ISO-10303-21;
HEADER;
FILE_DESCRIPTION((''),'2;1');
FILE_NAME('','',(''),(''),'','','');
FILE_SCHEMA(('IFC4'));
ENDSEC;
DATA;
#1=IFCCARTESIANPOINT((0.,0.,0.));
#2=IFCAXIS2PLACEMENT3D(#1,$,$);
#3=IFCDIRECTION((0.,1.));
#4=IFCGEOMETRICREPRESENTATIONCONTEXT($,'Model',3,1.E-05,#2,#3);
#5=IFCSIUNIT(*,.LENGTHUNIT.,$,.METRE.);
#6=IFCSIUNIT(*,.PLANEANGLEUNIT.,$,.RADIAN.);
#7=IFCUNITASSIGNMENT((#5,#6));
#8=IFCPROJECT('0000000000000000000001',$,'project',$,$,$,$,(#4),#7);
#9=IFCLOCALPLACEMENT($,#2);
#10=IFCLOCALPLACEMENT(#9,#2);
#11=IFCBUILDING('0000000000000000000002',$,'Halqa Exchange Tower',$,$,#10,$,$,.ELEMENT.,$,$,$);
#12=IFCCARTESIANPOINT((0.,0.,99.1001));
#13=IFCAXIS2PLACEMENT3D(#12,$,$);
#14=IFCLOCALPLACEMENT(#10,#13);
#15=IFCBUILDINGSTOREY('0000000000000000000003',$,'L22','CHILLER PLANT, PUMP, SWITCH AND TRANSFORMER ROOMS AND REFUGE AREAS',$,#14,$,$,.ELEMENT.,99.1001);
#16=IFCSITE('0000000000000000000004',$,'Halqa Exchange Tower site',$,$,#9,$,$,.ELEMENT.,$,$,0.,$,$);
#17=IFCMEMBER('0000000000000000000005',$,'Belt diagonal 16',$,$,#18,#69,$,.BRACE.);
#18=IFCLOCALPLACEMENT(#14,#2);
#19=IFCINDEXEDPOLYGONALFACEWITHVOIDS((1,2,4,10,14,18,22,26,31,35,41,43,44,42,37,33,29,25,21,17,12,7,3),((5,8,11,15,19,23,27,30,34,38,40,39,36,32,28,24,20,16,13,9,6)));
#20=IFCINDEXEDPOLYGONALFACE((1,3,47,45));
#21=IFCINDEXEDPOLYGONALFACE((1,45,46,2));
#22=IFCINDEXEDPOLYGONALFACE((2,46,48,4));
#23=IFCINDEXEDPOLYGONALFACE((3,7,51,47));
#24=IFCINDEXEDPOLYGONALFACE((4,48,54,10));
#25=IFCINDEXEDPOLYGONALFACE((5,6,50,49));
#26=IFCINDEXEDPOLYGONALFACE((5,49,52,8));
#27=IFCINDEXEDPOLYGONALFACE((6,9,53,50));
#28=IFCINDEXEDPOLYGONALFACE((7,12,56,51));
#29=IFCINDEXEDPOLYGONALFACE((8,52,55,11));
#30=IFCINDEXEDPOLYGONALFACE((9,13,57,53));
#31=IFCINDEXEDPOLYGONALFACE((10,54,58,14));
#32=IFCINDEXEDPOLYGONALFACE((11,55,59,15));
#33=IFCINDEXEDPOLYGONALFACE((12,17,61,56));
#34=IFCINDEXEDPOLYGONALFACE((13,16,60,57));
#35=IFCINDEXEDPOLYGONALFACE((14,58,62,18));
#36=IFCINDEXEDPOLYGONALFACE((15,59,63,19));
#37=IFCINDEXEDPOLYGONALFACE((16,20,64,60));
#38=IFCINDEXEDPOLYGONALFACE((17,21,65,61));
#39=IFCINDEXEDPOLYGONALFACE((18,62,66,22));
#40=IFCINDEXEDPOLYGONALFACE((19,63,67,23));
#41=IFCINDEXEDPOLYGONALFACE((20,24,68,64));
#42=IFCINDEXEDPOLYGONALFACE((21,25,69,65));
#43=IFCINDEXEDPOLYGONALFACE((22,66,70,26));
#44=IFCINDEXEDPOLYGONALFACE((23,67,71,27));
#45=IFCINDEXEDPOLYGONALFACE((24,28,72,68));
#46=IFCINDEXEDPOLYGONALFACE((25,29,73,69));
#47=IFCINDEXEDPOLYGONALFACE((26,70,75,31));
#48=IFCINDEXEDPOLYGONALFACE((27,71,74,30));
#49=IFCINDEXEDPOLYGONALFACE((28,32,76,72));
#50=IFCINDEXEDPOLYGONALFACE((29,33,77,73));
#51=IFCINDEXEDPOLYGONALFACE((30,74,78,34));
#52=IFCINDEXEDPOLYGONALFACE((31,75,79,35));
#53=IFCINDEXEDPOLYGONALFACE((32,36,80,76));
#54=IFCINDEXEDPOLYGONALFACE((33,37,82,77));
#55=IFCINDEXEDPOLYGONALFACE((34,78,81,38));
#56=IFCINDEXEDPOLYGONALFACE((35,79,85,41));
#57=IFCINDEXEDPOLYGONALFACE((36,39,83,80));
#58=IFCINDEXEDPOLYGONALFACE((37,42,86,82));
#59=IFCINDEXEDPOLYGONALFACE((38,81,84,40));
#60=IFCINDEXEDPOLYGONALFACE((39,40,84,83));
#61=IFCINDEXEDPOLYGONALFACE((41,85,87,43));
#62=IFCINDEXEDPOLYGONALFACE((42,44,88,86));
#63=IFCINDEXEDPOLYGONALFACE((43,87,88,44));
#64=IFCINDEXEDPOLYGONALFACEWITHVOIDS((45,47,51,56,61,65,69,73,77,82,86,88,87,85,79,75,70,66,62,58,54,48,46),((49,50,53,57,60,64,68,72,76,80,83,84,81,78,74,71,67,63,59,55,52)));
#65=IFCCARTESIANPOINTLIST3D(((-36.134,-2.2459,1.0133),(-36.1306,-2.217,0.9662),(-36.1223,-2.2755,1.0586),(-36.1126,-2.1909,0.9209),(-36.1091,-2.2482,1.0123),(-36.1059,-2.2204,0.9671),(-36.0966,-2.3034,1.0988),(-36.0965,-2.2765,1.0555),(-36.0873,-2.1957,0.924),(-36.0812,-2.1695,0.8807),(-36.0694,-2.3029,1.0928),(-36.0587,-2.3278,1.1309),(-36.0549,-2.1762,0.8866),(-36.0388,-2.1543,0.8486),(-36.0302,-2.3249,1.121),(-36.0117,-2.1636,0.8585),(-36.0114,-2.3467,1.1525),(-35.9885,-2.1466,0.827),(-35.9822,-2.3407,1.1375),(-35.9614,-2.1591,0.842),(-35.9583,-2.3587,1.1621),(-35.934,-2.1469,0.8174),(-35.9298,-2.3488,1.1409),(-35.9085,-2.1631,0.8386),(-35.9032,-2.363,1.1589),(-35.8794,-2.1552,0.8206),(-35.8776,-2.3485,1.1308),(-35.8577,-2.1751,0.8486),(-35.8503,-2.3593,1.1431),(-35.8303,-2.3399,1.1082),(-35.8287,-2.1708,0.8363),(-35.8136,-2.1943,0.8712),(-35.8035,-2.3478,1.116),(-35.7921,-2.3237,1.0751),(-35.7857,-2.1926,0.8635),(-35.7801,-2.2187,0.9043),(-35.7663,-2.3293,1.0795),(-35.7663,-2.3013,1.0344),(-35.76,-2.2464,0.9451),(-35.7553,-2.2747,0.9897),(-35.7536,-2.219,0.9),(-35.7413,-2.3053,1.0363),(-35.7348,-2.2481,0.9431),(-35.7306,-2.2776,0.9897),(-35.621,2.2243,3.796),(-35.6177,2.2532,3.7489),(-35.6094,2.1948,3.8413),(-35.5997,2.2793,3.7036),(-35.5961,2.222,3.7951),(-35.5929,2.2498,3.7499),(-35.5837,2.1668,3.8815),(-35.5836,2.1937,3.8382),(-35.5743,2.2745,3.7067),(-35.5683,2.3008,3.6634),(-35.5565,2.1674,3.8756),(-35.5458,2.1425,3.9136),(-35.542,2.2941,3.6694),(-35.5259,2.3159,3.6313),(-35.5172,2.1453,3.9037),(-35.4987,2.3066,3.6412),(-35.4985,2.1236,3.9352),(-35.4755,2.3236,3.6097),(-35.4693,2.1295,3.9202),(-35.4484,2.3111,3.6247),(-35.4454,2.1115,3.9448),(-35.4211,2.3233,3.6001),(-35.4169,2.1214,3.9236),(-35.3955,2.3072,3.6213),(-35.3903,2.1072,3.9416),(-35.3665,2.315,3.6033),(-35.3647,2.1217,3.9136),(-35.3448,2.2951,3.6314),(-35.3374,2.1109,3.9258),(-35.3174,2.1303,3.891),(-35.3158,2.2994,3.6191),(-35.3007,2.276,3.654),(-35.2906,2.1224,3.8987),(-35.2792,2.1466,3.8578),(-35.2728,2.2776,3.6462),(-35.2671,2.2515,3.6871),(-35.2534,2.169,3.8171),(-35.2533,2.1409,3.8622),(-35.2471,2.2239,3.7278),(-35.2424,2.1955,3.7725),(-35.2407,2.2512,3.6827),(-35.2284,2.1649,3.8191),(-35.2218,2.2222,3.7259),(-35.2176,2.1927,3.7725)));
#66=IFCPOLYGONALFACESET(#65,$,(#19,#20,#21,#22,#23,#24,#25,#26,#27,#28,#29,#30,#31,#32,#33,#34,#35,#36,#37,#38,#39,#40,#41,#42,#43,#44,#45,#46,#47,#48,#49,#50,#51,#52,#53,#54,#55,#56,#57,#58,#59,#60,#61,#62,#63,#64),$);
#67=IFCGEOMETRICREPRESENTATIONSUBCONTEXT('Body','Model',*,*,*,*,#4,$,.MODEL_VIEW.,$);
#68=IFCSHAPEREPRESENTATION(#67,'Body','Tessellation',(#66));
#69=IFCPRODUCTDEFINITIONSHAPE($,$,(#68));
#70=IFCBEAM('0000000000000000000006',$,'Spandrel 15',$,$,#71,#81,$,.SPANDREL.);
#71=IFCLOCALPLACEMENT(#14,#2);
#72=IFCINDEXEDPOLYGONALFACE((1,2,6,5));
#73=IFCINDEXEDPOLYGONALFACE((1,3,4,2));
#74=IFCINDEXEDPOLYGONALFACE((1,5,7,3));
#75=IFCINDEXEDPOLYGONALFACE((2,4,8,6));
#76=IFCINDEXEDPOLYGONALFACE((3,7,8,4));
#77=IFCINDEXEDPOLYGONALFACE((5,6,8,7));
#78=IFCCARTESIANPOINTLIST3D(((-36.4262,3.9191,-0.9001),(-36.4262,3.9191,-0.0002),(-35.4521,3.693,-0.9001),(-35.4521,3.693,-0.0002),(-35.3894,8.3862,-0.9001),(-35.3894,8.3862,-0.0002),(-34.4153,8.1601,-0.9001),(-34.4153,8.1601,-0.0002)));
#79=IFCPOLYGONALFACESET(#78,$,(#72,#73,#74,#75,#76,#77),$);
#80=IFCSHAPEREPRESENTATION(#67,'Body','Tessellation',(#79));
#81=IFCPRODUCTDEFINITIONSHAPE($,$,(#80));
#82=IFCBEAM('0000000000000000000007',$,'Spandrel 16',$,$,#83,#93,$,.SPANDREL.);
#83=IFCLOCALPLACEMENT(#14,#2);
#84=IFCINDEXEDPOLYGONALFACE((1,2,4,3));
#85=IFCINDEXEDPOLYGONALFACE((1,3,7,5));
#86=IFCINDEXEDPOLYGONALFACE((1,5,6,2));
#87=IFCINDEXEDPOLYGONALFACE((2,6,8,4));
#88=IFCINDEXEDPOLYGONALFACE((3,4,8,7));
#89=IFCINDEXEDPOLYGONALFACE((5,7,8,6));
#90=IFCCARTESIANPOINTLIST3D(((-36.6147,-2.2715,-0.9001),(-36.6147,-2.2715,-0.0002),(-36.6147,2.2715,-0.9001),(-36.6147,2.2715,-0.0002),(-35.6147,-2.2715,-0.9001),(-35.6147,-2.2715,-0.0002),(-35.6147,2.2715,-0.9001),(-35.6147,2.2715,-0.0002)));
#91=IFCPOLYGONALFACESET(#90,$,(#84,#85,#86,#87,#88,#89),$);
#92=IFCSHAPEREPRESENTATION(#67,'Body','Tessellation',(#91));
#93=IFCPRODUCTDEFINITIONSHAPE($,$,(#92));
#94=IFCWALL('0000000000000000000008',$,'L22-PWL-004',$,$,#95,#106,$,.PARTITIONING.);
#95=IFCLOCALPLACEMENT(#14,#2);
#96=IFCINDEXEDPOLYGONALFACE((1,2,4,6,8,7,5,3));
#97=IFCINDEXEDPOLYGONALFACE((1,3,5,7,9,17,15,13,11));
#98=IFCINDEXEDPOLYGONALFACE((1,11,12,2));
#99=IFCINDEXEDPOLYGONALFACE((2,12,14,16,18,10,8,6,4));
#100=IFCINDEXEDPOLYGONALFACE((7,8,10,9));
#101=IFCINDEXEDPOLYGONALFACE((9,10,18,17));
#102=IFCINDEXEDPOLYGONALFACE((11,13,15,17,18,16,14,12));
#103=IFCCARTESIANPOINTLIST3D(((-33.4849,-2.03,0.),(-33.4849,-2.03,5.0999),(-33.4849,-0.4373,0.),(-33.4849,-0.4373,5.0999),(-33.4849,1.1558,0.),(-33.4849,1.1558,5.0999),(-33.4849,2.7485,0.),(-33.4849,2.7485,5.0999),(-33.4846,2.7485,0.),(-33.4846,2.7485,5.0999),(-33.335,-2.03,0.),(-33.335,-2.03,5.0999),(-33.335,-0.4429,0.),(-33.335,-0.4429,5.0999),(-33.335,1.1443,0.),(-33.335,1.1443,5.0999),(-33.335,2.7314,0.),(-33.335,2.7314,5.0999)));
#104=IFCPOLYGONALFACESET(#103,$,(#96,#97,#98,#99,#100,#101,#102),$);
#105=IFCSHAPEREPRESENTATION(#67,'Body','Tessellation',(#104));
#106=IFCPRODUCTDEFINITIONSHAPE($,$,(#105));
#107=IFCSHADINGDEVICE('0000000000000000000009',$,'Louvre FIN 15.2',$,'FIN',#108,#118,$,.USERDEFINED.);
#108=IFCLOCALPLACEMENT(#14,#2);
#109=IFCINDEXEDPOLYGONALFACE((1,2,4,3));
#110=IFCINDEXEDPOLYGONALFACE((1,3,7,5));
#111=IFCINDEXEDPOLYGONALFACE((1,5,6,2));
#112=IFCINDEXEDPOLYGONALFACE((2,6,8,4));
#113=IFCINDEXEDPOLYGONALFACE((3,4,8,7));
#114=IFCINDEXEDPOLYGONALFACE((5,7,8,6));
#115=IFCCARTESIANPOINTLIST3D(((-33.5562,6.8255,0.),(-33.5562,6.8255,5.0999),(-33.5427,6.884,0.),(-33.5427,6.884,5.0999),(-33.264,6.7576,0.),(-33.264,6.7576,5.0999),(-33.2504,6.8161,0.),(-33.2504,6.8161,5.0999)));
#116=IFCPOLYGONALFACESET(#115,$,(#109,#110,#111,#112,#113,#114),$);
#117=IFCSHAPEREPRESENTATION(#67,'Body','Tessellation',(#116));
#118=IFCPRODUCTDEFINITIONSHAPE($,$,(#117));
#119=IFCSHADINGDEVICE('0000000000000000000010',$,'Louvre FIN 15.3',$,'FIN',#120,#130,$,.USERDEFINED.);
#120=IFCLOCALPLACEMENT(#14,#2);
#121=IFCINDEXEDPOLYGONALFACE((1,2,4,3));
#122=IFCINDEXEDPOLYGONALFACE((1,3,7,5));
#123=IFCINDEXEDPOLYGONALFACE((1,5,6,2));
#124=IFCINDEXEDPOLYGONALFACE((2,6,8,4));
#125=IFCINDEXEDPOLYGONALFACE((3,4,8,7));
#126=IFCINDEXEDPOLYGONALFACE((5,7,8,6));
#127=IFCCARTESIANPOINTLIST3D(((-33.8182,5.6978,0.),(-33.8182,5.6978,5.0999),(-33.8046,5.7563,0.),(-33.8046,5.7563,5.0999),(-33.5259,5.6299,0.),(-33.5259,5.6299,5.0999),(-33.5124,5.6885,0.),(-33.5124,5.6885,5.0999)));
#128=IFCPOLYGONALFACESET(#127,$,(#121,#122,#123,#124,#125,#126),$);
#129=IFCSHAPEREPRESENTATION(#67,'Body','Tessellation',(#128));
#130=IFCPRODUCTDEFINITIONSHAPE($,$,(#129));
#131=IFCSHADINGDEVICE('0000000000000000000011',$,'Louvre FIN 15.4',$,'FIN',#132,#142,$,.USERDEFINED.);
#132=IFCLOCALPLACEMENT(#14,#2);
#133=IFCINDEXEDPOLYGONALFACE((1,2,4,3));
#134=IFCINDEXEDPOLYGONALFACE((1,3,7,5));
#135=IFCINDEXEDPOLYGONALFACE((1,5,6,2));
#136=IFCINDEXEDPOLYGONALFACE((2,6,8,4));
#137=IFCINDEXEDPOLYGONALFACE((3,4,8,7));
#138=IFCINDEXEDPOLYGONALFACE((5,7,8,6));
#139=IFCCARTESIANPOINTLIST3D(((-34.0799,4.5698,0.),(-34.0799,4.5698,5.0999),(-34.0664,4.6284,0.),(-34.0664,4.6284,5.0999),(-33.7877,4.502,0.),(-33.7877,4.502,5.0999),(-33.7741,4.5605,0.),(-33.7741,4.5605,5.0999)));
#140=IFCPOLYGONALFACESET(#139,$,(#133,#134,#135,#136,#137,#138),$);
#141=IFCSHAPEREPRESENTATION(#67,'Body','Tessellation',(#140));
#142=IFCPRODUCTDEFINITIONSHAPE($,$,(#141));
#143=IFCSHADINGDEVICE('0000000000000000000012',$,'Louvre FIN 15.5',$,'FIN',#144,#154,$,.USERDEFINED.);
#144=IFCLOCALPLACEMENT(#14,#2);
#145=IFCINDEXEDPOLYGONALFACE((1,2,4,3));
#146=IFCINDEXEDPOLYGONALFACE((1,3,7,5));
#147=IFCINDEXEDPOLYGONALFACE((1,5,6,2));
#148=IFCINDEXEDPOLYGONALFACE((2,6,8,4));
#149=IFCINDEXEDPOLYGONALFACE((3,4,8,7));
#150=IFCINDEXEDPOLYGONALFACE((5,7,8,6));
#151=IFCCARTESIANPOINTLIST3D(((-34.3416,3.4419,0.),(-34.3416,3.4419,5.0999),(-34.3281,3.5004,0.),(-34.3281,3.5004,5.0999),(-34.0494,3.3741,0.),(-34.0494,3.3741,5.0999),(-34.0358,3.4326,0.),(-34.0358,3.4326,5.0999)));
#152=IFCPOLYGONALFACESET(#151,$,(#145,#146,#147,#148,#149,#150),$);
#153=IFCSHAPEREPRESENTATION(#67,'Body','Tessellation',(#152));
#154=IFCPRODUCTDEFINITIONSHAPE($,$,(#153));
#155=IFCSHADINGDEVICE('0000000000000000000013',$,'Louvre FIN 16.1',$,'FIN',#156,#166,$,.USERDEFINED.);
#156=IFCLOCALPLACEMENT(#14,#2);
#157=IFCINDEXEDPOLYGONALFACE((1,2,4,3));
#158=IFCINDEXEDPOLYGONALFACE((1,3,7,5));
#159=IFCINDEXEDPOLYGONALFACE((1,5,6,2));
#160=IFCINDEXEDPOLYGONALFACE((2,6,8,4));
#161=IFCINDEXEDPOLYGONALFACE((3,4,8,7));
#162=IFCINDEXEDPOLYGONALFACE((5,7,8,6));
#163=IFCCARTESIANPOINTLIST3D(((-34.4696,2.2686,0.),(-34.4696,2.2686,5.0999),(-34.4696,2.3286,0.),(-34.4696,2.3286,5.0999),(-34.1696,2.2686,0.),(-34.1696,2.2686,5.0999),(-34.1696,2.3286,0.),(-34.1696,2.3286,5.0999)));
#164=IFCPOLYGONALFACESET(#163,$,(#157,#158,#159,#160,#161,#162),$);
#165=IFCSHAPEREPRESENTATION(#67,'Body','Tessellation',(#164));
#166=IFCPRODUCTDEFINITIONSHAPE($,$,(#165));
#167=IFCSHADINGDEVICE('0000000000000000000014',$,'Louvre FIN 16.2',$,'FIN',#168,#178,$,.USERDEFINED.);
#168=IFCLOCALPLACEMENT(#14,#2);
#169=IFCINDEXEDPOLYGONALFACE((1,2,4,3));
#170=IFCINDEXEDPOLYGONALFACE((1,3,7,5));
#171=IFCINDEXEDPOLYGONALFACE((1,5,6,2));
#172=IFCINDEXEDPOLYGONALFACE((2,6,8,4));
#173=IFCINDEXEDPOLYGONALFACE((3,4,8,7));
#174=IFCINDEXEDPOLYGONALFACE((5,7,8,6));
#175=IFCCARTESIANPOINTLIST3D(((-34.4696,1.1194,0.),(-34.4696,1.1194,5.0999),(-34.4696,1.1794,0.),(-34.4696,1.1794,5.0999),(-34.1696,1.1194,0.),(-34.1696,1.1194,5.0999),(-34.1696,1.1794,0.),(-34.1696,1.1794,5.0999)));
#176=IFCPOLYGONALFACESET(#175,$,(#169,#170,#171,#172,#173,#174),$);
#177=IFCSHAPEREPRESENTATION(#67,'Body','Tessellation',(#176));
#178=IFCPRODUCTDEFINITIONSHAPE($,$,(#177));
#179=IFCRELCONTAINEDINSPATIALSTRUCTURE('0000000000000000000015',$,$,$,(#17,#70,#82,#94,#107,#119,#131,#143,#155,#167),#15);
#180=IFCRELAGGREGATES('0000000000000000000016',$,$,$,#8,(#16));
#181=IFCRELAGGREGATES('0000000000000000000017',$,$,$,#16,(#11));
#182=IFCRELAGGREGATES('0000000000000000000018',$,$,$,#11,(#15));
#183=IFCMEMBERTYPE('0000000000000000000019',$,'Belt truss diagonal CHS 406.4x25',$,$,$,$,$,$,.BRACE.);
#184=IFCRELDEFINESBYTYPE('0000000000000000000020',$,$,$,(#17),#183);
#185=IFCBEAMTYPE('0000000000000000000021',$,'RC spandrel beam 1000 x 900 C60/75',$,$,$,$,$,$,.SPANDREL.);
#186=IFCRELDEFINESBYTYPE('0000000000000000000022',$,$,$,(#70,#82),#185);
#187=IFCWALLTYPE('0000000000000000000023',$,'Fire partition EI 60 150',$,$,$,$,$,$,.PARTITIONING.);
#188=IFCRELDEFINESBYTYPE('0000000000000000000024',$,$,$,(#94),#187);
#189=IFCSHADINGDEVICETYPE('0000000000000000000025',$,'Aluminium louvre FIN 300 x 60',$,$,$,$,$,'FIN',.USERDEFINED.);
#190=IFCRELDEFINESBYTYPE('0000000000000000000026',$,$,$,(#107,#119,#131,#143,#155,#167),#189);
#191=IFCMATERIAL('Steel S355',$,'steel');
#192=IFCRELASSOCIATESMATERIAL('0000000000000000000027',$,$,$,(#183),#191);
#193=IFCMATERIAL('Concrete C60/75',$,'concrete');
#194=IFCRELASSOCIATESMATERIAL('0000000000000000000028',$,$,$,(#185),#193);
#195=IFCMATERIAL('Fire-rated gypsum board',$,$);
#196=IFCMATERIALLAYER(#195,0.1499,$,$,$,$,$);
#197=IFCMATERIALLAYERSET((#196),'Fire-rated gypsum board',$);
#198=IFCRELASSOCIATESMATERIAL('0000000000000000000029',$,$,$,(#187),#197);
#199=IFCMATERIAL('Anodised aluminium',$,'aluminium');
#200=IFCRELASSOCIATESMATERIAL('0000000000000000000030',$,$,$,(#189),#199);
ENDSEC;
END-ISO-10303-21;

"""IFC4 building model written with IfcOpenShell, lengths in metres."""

from ifc_helpers import new_model, si_unit, direction, frame, origin, origin_2d, place, context, subcontext, project, spatial, polyline, rectangle, hollow_circle, outline, extrude, material, layer, layer_set, material_profile, profile_set, type_object, element, save


model = new_model("IFC4")

# Units and contexts
model_context = context("Model", 3, precision=1e-05, world=origin(), true_north=direction((0.0, 1.0)))
body_context = subcontext(model_context, "Body", "Model", "MODEL_VIEW")
ifc_project = project(units=[si_unit("LENGTHUNIT", "METRE"), si_unit("PLANEANGLEUNIT", "RADIAN")], contexts=[model_context])

# Site, building, storey
site_placement = place(None, origin())
site = spatial("IfcSite", under=ifc_project, at=site_placement, Name="Halqa Exchange Tower site", CompositionType="ELEMENT", RefElevation=0.0)
building_placement = place(site_placement, origin())
building = spatial("IfcBuilding", under=site, at=building_placement, Name="Halqa Exchange Tower", CompositionType="ELEMENT")
storey_placement = place(building_placement, frame((0.0, 0.0, 99.1001)))
storey = spatial("IfcBuildingStorey", under=building, at=storey_placement, Name="L22", Description="CHILLER PLANT, PUMP, SWITCH AND TRANSFORMER ROOMS AND REFUGE AREAS", CompositionType="ELEMENT", Elevation=99.1001)

# Member
ifc_material_1 = material(Name="Steel S355", Category="steel")
ifc_material_profile_1 = material_profile(ifc_material_1, hollow_circle(Radius=0.2031, WallThickness=0.0249, at=origin_2d()), Name="CHS 406.4x25")
ifc_profile_set_1 = profile_set([ifc_material_profile_1], Name="Steel S355")
member_type_1 = type_object("IfcMemberType", Name="Belt truss diagonal CHS 406.4x25", PredefinedType="BRACE", material=ifc_profile_set_1)
member_1_placement = place(storey_placement, frame((-35.4194, 2.2158, 3.7725), z_axis=(-0.096955, -0.844951, -0.525983), x_axis=(0.993481, -0.113998, 0.0)))
element("IfcMember", 1, at=member_1_placement, inside=storey, type_object=member_type_1, Name="Belt diagonal 16", PredefinedType="BRACE", context=body_context, shape_type="SweptSolid", body=[
    extrude(hollow_circle(Radius=0.2031, WallThickness=0.0249, at=origin_2d()), origin(), (0.0, 0.0, 1.0), 5.2905),
])

# Beams
ifc_material_2 = material(Name="Concrete C60/75", Category="concrete")
ifc_material_profile_2 = material_profile(ifc_material_2, rectangle(XDim=1.0, YDim=0.8999, at=origin_2d()), Name="1000 x 900")
ifc_profile_set_2 = profile_set([ifc_material_profile_2], Name="Concrete C60/75")
beam_type = type_object("IfcBeamType", Name="RC spandrel beam 1000 x 900 C60/75", PredefinedType="SPANDREL", material=ifc_profile_set_2)
beam_1_placement = place(storey_placement, frame((-34.9023, 8.2732, -0.4502), z_axis=(-0.226092, -0.974106, 0.0), x_axis=(0.974106, -0.226092, 0.0)))
element("IfcBeam", 2, at=beam_1_placement, inside=storey, type_object=beam_type, Name="Spandrel 15", PredefinedType="SPANDREL", context=body_context, shape_type="SweptSolid", body=[
    extrude(rectangle(XDim=1.0, YDim=0.8999, at=origin_2d()), origin(), (0.0, 0.0, 1.0), 4.5859),
])
beam_2_placement = place(storey_placement, frame((-36.1147, 2.2715, -0.4502), z_axis=(0.0, -1.0, 0.0), x_axis=(1.0, 0.0, 0.0)))
element("IfcBeam", 3, at=beam_2_placement, inside=storey, type_object=beam_type, Name="Spandrel 16", PredefinedType="SPANDREL", context=body_context, shape_type="SweptSolid", body=[
    extrude(rectangle(XDim=1.0, YDim=0.8999, at=origin_2d()), origin(), (0.0, 0.0, 1.0), 4.543),
])

# Wall
ifc_material_3 = material(Name="Fire-rated gypsum board")
ifc_layer_1 = layer(ifc_material_3, 0.1499)
ifc_layer_set_1 = layer_set([ifc_layer_1], Name="Fire-rated gypsum board")
wall_type = type_object("IfcWallType", Name="Fire partition EI 60 150", PredefinedType="PARTITIONING", material=ifc_layer_set_1)
wall_placement = place(storey_placement, frame((-33.4099, 2.7485, 0.0), z_axis=(0.0, 0.0, 1.0), x_axis=(0.0, -1.0, 0.0)))
element("IfcWall", 4, at=wall_placement, inside=storey, type_object=wall_type, Name="L22-PWL-004", PredefinedType="PARTITIONING", context=body_context, shape_type="SweptSolid", body=[
    extrude(outline(polyline([(4.7786, 0.075), (3.1914, 0.075), (1.6042, 0.075), (0.0171, 0.075), (0.0, -0.0747), (0.0, -0.075), (1.5928, -0.075), (3.1858, -0.075), (4.7786, -0.075), (4.7786, 0.075)])), origin(), (0.0, 0.0, 1.0), 5.0999),
])

# Shading devices
ifc_material_4 = material(Name="Anodised aluminium", Category="aluminium")
ifc_material_profile_3 = material_profile(ifc_material_4, rectangle(XDim=0.3, YDim=0.0601, at=origin_2d()), Name="AL FIN 300x60")
ifc_profile_set_3 = profile_set([ifc_material_profile_3], Name="Anodised aluminium")
shading_device_type = type_object("IfcShadingDeviceType", Name="Aluminium louvre FIN 300 x 60", ElementType="FIN", PredefinedType="USERDEFINED", material=ifc_profile_set_3)
for number, where, z_axis, x_axis, name in (
    (5, (-33.4033, 6.8208, 0.0), (0.0, 0.0, 1.0), (0.974112, -0.226066, 0.0), "Louvre FIN 15.2"),
    (6, (-33.6653, 5.6931, 0.0), (0.0, 0.0, 1.0), (0.974112, -0.226066, 0.0), "Louvre FIN 15.3"),
    (7, (-33.927, 4.5652, 0.0), (0.0, 0.0, 1.0), (0.974112, -0.226066, 0.0), "Louvre FIN 15.4"),
    (8, (-34.1887, 3.4373, 0.0), (0.0, 0.0, 1.0), (0.974112, -0.226066, 0.0), "Louvre FIN 15.5"),
    (9, (-34.3196, 2.2986, 0.0), (0.0, 0.0, 1.0), (1.0, 0.0, 0.0), "Louvre FIN 16.1"),
    (10, (-34.3196, 1.1494, 0.0), (0.0, 0.0, 1.0), (1.0, 0.0, 0.0), "Louvre FIN 16.2"),
):
    element("IfcShadingDevice", number, at=place(storey_placement, frame(where, z_axis=z_axis, x_axis=x_axis)), inside=storey, type_object=shading_device_type, Name=name, ObjectType="FIN", PredefinedType="USERDEFINED", context=body_context, shape_type="SweptSolid", body=[
        extrude(rectangle(XDim=0.3, YDim=0.0601, at=origin_2d()), origin(), (0.0, 0.0, 1.0), 5.0999),
    ])

save(model, "model.ifc")
